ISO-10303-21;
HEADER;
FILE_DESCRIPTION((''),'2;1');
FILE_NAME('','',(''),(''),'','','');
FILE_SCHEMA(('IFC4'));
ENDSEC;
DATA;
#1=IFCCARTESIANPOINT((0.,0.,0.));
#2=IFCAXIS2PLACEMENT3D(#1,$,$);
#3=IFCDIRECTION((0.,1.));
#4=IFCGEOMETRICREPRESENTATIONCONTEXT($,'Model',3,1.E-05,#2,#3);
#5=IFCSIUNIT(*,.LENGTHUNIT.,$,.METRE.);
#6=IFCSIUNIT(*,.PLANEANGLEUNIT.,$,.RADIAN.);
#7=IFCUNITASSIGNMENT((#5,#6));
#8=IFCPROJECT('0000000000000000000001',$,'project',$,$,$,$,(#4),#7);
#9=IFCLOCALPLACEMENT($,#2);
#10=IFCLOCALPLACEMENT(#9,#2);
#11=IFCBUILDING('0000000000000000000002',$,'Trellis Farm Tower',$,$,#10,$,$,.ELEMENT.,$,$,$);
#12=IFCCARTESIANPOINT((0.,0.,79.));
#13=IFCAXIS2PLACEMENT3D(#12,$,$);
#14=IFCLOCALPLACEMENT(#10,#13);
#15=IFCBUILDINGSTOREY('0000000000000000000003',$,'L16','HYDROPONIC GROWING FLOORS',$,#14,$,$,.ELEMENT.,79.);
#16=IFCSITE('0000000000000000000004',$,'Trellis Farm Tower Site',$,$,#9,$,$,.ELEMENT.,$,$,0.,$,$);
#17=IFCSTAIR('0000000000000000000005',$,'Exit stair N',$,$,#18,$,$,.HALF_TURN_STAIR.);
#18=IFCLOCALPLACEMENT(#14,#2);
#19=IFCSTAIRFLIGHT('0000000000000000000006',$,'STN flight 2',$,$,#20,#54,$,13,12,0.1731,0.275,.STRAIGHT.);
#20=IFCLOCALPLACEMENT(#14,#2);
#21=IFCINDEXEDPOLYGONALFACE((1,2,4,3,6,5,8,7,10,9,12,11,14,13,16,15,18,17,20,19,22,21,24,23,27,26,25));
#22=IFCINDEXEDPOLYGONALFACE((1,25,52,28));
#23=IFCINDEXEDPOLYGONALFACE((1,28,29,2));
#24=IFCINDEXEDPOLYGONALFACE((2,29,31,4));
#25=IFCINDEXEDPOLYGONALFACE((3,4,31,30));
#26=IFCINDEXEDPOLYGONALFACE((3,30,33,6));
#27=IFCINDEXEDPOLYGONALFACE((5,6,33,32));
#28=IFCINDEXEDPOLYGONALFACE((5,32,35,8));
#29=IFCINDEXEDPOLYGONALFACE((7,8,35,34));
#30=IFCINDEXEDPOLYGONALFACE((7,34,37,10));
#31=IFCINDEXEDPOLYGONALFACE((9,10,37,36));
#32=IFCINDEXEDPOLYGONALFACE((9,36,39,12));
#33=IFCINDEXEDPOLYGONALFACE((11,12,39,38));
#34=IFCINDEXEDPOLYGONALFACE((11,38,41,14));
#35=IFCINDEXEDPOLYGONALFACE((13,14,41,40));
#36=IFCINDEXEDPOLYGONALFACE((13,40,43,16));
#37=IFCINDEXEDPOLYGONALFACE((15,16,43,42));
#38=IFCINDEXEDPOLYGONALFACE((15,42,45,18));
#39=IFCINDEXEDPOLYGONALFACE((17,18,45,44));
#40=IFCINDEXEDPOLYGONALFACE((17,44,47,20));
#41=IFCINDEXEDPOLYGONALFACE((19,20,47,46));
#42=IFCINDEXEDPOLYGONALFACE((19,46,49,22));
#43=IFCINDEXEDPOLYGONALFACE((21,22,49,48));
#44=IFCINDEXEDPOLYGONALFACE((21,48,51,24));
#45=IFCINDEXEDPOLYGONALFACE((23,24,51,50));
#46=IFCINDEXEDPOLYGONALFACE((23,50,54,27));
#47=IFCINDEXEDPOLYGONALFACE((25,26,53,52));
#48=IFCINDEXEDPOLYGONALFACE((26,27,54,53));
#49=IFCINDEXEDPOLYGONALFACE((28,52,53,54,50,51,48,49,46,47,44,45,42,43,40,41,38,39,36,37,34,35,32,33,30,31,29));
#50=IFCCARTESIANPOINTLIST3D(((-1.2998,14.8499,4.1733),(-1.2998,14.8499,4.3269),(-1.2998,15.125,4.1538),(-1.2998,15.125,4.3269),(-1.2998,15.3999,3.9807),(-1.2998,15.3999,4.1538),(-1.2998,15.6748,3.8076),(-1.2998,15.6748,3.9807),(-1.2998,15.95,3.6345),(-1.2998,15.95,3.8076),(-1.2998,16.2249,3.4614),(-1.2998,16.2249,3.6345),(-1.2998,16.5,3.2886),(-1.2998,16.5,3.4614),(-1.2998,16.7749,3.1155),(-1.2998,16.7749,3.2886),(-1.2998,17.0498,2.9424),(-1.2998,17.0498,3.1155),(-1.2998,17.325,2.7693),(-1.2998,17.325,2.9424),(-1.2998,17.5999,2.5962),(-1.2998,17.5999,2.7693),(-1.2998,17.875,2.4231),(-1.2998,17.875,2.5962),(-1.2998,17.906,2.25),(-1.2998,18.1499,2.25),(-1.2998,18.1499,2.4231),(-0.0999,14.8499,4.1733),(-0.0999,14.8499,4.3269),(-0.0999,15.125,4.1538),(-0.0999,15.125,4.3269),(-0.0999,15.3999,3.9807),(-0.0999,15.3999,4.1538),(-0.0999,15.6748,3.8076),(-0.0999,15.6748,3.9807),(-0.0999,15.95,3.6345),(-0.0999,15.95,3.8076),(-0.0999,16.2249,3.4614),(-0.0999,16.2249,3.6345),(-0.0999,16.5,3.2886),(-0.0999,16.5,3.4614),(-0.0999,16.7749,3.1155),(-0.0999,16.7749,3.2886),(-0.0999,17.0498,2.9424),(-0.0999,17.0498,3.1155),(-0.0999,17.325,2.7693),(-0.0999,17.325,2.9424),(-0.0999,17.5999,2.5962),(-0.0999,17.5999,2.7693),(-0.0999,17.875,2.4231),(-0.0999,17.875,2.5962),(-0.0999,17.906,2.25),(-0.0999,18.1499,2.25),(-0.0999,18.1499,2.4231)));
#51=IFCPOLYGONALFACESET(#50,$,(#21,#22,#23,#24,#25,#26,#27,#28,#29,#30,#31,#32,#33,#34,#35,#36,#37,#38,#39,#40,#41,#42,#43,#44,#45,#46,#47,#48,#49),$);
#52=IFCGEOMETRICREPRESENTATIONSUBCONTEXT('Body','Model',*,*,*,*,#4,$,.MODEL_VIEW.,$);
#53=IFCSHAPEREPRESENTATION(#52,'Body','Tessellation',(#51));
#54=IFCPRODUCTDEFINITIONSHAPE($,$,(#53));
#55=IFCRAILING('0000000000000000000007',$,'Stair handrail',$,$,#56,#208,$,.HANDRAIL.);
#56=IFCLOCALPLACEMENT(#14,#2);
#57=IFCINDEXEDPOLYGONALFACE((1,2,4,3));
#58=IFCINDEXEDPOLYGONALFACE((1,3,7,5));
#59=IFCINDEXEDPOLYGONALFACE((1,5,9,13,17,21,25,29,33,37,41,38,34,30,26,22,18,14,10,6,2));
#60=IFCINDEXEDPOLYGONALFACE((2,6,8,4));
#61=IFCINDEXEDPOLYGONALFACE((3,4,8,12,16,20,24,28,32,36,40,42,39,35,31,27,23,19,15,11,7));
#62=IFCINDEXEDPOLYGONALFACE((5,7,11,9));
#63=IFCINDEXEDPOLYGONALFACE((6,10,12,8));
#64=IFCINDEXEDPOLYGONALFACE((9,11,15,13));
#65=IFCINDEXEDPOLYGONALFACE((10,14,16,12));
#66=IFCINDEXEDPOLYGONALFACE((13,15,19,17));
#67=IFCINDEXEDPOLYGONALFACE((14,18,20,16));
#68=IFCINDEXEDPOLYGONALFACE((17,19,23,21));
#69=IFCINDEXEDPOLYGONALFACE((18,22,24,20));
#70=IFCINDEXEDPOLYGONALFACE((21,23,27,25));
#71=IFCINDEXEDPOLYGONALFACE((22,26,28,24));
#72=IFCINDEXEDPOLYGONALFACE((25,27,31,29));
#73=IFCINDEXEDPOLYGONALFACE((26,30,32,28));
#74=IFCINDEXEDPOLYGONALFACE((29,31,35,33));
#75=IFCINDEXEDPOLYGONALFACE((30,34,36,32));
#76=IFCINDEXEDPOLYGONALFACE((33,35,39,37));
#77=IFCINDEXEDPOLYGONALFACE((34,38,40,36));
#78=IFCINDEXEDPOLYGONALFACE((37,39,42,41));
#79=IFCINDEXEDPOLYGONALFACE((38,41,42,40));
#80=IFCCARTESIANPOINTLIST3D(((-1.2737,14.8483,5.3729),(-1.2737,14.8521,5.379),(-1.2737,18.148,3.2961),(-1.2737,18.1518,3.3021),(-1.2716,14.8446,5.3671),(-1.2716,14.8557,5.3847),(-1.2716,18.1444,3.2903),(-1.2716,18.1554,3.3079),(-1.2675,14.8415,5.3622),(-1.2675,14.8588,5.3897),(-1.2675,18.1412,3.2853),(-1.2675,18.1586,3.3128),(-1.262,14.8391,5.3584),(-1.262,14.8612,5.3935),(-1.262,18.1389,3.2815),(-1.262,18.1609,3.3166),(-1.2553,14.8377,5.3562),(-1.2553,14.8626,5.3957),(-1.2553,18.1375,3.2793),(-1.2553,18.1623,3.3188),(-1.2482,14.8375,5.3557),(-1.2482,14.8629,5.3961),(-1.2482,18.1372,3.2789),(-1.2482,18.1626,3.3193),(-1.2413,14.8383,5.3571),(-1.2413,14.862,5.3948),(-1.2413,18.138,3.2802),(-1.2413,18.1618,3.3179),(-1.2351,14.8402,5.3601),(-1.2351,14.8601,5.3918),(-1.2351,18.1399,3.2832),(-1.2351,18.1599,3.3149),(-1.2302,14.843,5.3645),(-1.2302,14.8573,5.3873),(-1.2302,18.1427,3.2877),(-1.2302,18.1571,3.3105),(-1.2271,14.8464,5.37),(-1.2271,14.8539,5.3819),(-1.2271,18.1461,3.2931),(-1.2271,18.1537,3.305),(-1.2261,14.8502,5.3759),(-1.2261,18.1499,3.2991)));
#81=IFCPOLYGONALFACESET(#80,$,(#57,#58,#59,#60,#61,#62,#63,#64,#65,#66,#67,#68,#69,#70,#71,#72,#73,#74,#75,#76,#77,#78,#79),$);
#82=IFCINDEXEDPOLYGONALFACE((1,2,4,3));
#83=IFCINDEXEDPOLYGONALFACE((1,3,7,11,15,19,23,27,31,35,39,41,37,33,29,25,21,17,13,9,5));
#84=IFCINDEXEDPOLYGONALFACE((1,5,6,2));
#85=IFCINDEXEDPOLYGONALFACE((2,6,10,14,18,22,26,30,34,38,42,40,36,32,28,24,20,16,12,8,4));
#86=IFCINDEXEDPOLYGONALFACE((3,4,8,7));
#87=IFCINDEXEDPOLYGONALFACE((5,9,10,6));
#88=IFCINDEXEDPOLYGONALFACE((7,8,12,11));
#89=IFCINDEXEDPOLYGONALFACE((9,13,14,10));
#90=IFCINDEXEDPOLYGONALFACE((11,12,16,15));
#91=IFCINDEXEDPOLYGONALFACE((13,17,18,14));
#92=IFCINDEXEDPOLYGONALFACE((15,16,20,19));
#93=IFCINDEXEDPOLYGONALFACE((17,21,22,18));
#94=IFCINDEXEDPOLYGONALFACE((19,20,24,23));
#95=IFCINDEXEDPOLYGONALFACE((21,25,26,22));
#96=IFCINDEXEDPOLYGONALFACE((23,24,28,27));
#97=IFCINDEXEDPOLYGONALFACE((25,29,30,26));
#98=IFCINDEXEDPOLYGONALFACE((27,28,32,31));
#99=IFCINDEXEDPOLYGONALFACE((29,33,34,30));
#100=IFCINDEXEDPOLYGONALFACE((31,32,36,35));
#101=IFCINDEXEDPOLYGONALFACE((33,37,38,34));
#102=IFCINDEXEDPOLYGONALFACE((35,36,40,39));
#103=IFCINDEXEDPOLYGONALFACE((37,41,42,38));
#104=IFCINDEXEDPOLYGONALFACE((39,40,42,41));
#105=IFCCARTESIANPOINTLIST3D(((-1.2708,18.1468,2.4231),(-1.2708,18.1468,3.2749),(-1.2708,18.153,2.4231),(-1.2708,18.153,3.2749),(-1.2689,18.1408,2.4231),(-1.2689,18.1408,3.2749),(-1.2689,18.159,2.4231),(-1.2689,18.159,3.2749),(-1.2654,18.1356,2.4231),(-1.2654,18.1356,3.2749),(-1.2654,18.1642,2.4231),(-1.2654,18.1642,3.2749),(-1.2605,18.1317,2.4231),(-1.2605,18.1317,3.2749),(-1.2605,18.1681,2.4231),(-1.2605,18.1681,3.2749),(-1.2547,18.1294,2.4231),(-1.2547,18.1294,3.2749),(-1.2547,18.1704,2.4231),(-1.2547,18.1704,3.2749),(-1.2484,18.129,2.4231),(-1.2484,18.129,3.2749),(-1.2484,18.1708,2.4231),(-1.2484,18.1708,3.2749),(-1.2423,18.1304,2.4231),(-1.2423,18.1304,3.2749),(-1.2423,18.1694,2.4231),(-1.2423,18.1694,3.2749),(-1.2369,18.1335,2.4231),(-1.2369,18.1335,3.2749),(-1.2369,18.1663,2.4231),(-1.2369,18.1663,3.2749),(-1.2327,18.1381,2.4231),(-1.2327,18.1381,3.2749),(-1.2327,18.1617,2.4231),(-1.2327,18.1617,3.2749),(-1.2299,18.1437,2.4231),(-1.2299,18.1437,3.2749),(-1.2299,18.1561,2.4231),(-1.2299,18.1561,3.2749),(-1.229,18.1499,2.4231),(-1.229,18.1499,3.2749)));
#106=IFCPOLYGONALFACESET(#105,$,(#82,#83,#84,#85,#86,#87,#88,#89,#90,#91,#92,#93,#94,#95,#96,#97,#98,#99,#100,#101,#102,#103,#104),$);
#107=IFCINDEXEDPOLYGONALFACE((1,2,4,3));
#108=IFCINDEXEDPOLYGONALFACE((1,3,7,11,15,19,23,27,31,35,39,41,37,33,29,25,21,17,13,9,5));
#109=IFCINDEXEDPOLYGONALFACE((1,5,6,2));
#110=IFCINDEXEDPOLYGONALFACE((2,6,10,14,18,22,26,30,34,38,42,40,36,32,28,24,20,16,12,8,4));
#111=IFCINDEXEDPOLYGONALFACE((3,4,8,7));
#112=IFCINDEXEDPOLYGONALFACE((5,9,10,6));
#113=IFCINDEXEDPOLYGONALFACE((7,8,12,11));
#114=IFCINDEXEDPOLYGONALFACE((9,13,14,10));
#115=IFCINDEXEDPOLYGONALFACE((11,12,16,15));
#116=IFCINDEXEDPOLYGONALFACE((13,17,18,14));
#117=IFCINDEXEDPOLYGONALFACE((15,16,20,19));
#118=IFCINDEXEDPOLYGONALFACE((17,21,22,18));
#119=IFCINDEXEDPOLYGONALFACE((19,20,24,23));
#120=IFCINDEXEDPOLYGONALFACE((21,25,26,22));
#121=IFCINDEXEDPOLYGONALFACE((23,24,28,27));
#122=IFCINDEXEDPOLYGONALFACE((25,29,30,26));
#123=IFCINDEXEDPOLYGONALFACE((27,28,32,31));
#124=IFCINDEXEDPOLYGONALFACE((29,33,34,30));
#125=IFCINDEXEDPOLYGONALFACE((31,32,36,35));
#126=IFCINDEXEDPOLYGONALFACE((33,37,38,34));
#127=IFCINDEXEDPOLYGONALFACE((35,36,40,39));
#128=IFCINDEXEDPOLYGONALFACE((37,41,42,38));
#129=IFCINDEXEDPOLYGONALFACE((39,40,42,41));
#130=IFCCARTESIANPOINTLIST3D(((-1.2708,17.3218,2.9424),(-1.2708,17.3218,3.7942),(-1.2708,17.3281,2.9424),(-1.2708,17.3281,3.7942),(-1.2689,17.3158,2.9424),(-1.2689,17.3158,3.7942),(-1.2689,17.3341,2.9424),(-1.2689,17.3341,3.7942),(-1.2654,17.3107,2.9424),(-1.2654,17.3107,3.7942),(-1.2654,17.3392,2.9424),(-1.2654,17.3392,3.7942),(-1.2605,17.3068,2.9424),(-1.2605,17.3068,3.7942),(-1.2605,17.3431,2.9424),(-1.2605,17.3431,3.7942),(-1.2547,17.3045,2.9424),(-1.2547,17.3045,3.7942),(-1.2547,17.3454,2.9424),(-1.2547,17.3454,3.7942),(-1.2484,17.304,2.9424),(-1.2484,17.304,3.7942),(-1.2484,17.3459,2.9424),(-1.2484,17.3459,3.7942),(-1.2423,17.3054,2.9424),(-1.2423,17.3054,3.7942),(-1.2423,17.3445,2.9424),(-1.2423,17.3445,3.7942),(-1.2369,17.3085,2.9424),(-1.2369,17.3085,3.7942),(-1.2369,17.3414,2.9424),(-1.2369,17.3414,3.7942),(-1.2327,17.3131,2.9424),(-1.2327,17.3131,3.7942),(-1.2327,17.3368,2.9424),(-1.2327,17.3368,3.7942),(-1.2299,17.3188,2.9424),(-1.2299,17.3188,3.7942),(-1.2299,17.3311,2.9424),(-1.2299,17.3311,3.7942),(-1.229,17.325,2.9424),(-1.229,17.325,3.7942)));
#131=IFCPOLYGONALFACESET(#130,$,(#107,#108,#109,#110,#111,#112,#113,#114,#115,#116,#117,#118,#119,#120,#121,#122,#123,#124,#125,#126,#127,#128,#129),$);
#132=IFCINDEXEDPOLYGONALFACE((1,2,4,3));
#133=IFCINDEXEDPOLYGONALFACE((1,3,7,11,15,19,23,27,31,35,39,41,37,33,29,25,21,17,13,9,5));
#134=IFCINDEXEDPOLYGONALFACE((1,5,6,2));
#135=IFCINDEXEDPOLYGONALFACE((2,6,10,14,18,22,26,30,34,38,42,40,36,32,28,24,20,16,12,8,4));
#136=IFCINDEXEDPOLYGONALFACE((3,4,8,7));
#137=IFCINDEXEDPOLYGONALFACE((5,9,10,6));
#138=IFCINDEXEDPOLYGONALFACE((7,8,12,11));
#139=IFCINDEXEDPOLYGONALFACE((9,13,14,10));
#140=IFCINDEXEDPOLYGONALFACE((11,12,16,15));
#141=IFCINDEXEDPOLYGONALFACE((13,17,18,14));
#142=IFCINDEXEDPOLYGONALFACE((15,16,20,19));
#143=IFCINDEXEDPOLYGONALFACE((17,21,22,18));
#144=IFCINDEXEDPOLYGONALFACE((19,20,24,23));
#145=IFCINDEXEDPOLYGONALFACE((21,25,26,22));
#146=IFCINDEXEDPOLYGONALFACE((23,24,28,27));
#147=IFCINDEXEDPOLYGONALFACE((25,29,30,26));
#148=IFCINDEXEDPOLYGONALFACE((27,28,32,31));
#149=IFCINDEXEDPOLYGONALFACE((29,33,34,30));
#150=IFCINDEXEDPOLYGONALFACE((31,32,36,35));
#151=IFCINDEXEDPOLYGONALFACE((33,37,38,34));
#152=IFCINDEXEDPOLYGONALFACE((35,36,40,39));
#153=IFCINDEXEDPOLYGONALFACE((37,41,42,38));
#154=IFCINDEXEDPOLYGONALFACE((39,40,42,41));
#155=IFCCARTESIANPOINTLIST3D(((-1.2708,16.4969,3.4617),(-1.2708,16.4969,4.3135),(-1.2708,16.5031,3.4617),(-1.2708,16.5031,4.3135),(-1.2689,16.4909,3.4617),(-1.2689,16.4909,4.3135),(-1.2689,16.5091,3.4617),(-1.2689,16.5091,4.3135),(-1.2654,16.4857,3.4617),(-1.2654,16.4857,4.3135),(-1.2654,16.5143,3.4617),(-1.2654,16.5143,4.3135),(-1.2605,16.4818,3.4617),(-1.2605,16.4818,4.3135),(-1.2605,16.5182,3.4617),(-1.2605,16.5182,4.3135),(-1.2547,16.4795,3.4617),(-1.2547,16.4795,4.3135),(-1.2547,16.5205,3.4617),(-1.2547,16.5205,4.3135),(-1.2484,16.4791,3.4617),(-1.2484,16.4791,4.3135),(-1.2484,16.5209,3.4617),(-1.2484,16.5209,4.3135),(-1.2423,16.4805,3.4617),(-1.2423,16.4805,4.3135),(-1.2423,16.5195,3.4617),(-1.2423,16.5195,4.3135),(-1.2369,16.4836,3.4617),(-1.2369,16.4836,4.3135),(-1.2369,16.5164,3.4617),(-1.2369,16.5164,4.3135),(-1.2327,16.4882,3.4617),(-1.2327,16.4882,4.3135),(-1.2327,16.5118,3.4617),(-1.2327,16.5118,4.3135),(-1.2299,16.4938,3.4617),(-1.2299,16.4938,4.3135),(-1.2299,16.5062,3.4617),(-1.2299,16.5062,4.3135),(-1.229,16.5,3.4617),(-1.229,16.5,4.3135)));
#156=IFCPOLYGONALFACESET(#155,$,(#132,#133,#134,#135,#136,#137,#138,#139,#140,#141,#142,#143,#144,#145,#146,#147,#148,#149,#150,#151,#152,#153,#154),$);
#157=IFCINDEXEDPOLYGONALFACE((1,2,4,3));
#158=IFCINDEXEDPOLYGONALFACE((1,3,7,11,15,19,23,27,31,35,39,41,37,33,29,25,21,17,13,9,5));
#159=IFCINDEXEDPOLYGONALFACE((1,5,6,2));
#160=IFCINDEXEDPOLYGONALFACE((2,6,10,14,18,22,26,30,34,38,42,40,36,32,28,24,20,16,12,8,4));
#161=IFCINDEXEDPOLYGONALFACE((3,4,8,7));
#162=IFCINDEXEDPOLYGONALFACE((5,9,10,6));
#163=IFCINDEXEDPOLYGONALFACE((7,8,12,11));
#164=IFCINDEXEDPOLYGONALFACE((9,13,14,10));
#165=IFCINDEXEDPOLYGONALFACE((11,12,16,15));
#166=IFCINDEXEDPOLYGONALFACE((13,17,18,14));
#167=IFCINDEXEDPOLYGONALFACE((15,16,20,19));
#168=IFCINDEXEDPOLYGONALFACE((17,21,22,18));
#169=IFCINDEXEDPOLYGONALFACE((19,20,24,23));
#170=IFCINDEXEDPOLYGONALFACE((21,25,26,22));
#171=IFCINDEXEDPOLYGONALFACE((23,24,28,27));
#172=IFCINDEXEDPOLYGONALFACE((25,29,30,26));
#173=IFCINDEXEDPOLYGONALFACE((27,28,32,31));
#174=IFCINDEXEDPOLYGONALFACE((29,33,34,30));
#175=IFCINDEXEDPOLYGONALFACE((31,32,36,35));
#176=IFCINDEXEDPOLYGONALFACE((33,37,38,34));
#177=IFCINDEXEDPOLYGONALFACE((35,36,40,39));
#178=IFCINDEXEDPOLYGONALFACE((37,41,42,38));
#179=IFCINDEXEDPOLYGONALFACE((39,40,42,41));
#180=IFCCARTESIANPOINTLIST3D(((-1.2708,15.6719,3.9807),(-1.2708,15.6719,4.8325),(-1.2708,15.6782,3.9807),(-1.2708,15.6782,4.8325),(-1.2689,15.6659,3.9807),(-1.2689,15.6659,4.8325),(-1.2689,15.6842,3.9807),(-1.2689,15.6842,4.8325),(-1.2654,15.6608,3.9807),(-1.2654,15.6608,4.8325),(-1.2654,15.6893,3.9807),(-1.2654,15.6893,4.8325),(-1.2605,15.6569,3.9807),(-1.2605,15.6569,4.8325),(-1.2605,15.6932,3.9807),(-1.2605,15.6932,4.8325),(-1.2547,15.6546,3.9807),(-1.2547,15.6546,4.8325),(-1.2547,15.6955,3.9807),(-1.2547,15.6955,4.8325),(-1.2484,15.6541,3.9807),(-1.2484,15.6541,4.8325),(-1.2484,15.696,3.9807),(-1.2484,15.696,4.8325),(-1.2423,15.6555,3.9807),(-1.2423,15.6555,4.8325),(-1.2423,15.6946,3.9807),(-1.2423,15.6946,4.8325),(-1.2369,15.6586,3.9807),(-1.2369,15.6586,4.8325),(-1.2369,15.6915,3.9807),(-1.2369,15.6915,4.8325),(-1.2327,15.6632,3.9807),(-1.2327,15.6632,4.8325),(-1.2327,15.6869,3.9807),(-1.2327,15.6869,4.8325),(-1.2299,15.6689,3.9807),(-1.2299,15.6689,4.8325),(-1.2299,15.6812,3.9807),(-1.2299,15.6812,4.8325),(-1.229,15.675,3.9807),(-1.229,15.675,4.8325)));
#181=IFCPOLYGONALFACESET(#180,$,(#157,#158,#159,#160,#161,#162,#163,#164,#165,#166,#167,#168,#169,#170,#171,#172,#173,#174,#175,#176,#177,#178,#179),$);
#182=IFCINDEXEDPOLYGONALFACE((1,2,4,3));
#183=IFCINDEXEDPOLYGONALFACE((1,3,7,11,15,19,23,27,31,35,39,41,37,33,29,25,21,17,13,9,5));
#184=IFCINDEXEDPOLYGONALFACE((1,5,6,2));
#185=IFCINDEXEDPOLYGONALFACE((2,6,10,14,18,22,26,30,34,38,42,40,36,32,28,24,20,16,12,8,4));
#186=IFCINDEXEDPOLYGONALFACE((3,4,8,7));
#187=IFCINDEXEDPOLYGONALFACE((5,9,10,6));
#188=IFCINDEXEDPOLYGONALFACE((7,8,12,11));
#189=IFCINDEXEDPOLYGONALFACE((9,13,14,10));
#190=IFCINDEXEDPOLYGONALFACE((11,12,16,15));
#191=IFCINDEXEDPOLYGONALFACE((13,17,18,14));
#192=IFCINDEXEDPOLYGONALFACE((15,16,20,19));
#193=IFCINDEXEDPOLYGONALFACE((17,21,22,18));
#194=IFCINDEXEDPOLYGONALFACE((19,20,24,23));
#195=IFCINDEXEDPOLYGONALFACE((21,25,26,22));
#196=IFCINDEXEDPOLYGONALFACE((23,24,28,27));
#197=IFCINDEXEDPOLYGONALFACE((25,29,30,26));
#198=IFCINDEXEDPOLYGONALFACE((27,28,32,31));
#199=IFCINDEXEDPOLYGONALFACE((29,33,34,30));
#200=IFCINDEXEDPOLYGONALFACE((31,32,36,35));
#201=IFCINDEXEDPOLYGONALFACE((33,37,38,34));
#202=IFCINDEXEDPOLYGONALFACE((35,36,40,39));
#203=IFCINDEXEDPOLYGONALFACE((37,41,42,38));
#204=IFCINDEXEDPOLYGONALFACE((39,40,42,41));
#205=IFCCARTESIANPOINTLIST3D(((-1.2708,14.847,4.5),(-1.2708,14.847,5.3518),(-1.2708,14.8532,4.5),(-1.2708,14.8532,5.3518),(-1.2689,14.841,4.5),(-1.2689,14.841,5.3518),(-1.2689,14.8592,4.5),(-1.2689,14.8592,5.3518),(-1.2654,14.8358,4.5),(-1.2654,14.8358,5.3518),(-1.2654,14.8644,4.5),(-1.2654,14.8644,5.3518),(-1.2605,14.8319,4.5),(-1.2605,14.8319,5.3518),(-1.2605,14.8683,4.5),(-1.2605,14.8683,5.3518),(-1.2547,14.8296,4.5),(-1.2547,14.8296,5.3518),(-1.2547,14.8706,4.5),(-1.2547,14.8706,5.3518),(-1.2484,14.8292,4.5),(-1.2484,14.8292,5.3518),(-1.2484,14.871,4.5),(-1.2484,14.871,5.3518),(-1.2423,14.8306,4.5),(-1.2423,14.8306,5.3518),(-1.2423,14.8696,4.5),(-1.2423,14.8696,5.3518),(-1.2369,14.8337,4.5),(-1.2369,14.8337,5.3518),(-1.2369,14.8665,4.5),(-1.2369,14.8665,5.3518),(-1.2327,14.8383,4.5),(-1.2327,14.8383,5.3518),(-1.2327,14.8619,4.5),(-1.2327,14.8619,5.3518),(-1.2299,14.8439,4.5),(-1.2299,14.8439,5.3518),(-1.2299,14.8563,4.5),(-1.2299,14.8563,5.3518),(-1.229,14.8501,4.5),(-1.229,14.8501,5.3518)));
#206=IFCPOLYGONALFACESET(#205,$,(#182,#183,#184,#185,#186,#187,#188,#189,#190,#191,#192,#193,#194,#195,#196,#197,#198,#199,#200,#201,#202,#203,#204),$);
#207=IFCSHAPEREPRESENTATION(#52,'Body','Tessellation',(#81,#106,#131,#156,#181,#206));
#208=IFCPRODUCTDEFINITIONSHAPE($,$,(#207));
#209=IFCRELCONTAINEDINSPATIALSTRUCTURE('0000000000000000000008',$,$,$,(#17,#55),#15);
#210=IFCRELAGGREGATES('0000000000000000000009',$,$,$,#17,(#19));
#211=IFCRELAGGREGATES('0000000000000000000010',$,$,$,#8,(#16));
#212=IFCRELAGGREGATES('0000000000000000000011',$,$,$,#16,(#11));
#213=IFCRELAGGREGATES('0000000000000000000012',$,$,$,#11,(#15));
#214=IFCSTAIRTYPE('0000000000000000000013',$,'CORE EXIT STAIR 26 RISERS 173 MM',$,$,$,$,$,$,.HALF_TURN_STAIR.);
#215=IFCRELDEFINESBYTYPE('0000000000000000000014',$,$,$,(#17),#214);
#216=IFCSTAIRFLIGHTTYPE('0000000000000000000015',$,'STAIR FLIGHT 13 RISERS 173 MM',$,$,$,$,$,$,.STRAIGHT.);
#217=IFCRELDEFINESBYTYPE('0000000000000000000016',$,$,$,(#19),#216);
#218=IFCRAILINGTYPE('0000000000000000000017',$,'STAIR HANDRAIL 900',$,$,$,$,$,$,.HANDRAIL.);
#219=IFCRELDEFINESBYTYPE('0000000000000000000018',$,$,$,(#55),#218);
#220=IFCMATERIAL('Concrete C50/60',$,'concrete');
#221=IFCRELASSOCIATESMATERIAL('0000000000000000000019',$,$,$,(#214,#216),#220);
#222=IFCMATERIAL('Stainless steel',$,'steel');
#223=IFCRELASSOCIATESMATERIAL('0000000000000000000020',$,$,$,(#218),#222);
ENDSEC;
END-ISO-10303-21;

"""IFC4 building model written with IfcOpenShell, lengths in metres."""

from ifc_helpers import new_model, si_unit, direction, frame, origin, origin_2d, place, context, subcontext, project, spatial, polyline, circle, outline, extrude, source, transform, mapped, material, type_object, element, aggregate, save


model = new_model("IFC4")

# Units and contexts
model_context = context("Model", 3, precision=1e-05, world=origin(), true_north=direction((0.0, 1.0)))
body_context = subcontext(model_context, "Body", "Model", "MODEL_VIEW")
ifc_project = project(units=[si_unit("LENGTHUNIT", "METRE"), si_unit("PLANEANGLEUNIT", "RADIAN")], contexts=[model_context])

# Site, building, storey
site_placement = place(None, origin())
site = spatial("IfcSite", under=ifc_project, at=site_placement, Name="Trellis Farm Tower Site", CompositionType="ELEMENT", RefElevation=0.0)
building_placement = place(site_placement, origin())
building = spatial("IfcBuilding", under=site, at=building_placement, Name="Trellis Farm Tower", CompositionType="ELEMENT")
storey_placement = place(building_placement, frame((0.0, 0.0, 79.0)))
storey = spatial("IfcBuildingStorey", under=building, at=storey_placement, Name="L16", Description="HYDROPONIC GROWING FLOORS", CompositionType="ELEMENT", Elevation=79.0)

# Shared definitions
placement = place(storey_placement, origin())

# Stair, stair flight
ifc_material_1 = material(Name="Concrete C50/60", Category="concrete")
stair_type = type_object("IfcStairType", Name="CORE EXIT STAIR 26 RISERS 173 MM", PredefinedType="HALF_TURN_STAIR", material=ifc_material_1)
stair = element("IfcStair", 1, at=placement, inside=storey, type_object=stair_type, Name="Exit stair N", PredefinedType="HALF_TURN_STAIR")
stair_flight_type = type_object("IfcStairFlightType", Name="STAIR FLIGHT 13 RISERS 173 MM", PredefinedType="STRAIGHT", material=ifc_material_1)
shared_shape_1 = source(origin(), body_context, "Body", "SweptSolid", [
    extrude(outline(polyline([(0.0, 0.0), (0.0, 0.1731), (0.2749, 0.1731), (0.2749, 0.3462), (0.55, 0.3462), (0.55, 0.5193), (0.825, 0.5193), (0.825, 0.6924), (1.1001, 0.6924), (1.1001, 0.8655), (1.375, 0.8655), (1.375, 1.0386), (1.6499, 1.0386), (1.6499, 1.2114), (1.925, 1.2114), (1.925, 1.3845), (2.2, 1.3845), (2.2, 1.5576), (2.4751, 1.5576), (2.4751, 1.7307), (2.75, 1.7307), (2.75, 1.9038), (3.0249, 1.9038), (3.0249, 2.0769), (3.3, 2.0769), (3.3, 2.25), (3.3, 1.9233), (0.2439, 0.0), (0.0, 0.0)])), frame((0.0, 0.6001, 0.0), z_axis=(0.0, -1.0, 0.0), x_axis=(1.0, 0.0, 0.0)), (0.0, 0.0, 1.0), 1.2),
])
stair_flight_placement = place(storey_placement, frame((-0.7, 18.1499, 2.25), z_axis=(0.0, 0.0, 1.0), x_axis=(0.0, -1.0, 0.0)))
stair_flight = element("IfcStairFlight", 2, at=stair_flight_placement, type_object=stair_flight_type, Name="STN flight 2", NumberOfRisers=13, NumberOfTreads=12, PredefinedType="STRAIGHT", RiserHeight=0.1731, TreadLength=0.275, context=body_context, shape_type="MappedRepresentation", body=[
    mapped(shared_shape_1, transform((0.0, 0.0, 0.0))),
])
aggregate(stair, [stair_flight])

# Railing
ifc_material_2 = material(Name="Stainless steel", Category="steel")
railing_type = type_object("IfcRailingType", Name="STAIR HANDRAIL 900", PredefinedType="HANDRAIL", material=ifc_material_2)
shared_shape_2 = source(origin(), body_context, "Body", "SweptSolid", [
    extrude(circle(Radius=0.0239, at=origin_2d()), frame((0.0, 0.0, 0.876), z_axis=(0.0, -0.84632, 0.532675), x_axis=(1.0, 0.0, 0.0)), (0.0, 0.0, 1.0), 3.8989),
    extrude(circle(Radius=0.021, at=origin_2d()), origin(), (0.0, 0.0, 1.0), 0.8518),
    extrude(circle(Radius=0.021, at=origin_2d()), frame((0.0, -0.825, 0.5193)), (0.0, 0.0, 1.0), 0.8518),
    extrude(circle(Radius=0.021, at=origin_2d()), frame((0.0, -1.6499, 1.0386)), (0.0, 0.0, 1.0), 0.8518),
    extrude(circle(Radius=0.021, at=origin_2d()), frame((0.0, -2.4749, 1.5576)), (0.0, 0.0, 1.0), 0.8518),
    extrude(circle(Radius=0.021, at=origin_2d()), frame((0.0, -3.2998, 2.0769)), (0.0, 0.0, 1.0), 0.8518),
])
railing_placement = place(storey_placement, frame((-1.25, 18.1499, 2.4231)))
element("IfcRailing", 3, at=railing_placement, inside=storey, type_object=railing_type, Name="Stair handrail", PredefinedType="HANDRAIL", context=body_context, shape_type="MappedRepresentation", body=[
    mapped(shared_shape_2, transform((0.0, 0.0, 0.0))),
])

save(model, "model.ifc")
